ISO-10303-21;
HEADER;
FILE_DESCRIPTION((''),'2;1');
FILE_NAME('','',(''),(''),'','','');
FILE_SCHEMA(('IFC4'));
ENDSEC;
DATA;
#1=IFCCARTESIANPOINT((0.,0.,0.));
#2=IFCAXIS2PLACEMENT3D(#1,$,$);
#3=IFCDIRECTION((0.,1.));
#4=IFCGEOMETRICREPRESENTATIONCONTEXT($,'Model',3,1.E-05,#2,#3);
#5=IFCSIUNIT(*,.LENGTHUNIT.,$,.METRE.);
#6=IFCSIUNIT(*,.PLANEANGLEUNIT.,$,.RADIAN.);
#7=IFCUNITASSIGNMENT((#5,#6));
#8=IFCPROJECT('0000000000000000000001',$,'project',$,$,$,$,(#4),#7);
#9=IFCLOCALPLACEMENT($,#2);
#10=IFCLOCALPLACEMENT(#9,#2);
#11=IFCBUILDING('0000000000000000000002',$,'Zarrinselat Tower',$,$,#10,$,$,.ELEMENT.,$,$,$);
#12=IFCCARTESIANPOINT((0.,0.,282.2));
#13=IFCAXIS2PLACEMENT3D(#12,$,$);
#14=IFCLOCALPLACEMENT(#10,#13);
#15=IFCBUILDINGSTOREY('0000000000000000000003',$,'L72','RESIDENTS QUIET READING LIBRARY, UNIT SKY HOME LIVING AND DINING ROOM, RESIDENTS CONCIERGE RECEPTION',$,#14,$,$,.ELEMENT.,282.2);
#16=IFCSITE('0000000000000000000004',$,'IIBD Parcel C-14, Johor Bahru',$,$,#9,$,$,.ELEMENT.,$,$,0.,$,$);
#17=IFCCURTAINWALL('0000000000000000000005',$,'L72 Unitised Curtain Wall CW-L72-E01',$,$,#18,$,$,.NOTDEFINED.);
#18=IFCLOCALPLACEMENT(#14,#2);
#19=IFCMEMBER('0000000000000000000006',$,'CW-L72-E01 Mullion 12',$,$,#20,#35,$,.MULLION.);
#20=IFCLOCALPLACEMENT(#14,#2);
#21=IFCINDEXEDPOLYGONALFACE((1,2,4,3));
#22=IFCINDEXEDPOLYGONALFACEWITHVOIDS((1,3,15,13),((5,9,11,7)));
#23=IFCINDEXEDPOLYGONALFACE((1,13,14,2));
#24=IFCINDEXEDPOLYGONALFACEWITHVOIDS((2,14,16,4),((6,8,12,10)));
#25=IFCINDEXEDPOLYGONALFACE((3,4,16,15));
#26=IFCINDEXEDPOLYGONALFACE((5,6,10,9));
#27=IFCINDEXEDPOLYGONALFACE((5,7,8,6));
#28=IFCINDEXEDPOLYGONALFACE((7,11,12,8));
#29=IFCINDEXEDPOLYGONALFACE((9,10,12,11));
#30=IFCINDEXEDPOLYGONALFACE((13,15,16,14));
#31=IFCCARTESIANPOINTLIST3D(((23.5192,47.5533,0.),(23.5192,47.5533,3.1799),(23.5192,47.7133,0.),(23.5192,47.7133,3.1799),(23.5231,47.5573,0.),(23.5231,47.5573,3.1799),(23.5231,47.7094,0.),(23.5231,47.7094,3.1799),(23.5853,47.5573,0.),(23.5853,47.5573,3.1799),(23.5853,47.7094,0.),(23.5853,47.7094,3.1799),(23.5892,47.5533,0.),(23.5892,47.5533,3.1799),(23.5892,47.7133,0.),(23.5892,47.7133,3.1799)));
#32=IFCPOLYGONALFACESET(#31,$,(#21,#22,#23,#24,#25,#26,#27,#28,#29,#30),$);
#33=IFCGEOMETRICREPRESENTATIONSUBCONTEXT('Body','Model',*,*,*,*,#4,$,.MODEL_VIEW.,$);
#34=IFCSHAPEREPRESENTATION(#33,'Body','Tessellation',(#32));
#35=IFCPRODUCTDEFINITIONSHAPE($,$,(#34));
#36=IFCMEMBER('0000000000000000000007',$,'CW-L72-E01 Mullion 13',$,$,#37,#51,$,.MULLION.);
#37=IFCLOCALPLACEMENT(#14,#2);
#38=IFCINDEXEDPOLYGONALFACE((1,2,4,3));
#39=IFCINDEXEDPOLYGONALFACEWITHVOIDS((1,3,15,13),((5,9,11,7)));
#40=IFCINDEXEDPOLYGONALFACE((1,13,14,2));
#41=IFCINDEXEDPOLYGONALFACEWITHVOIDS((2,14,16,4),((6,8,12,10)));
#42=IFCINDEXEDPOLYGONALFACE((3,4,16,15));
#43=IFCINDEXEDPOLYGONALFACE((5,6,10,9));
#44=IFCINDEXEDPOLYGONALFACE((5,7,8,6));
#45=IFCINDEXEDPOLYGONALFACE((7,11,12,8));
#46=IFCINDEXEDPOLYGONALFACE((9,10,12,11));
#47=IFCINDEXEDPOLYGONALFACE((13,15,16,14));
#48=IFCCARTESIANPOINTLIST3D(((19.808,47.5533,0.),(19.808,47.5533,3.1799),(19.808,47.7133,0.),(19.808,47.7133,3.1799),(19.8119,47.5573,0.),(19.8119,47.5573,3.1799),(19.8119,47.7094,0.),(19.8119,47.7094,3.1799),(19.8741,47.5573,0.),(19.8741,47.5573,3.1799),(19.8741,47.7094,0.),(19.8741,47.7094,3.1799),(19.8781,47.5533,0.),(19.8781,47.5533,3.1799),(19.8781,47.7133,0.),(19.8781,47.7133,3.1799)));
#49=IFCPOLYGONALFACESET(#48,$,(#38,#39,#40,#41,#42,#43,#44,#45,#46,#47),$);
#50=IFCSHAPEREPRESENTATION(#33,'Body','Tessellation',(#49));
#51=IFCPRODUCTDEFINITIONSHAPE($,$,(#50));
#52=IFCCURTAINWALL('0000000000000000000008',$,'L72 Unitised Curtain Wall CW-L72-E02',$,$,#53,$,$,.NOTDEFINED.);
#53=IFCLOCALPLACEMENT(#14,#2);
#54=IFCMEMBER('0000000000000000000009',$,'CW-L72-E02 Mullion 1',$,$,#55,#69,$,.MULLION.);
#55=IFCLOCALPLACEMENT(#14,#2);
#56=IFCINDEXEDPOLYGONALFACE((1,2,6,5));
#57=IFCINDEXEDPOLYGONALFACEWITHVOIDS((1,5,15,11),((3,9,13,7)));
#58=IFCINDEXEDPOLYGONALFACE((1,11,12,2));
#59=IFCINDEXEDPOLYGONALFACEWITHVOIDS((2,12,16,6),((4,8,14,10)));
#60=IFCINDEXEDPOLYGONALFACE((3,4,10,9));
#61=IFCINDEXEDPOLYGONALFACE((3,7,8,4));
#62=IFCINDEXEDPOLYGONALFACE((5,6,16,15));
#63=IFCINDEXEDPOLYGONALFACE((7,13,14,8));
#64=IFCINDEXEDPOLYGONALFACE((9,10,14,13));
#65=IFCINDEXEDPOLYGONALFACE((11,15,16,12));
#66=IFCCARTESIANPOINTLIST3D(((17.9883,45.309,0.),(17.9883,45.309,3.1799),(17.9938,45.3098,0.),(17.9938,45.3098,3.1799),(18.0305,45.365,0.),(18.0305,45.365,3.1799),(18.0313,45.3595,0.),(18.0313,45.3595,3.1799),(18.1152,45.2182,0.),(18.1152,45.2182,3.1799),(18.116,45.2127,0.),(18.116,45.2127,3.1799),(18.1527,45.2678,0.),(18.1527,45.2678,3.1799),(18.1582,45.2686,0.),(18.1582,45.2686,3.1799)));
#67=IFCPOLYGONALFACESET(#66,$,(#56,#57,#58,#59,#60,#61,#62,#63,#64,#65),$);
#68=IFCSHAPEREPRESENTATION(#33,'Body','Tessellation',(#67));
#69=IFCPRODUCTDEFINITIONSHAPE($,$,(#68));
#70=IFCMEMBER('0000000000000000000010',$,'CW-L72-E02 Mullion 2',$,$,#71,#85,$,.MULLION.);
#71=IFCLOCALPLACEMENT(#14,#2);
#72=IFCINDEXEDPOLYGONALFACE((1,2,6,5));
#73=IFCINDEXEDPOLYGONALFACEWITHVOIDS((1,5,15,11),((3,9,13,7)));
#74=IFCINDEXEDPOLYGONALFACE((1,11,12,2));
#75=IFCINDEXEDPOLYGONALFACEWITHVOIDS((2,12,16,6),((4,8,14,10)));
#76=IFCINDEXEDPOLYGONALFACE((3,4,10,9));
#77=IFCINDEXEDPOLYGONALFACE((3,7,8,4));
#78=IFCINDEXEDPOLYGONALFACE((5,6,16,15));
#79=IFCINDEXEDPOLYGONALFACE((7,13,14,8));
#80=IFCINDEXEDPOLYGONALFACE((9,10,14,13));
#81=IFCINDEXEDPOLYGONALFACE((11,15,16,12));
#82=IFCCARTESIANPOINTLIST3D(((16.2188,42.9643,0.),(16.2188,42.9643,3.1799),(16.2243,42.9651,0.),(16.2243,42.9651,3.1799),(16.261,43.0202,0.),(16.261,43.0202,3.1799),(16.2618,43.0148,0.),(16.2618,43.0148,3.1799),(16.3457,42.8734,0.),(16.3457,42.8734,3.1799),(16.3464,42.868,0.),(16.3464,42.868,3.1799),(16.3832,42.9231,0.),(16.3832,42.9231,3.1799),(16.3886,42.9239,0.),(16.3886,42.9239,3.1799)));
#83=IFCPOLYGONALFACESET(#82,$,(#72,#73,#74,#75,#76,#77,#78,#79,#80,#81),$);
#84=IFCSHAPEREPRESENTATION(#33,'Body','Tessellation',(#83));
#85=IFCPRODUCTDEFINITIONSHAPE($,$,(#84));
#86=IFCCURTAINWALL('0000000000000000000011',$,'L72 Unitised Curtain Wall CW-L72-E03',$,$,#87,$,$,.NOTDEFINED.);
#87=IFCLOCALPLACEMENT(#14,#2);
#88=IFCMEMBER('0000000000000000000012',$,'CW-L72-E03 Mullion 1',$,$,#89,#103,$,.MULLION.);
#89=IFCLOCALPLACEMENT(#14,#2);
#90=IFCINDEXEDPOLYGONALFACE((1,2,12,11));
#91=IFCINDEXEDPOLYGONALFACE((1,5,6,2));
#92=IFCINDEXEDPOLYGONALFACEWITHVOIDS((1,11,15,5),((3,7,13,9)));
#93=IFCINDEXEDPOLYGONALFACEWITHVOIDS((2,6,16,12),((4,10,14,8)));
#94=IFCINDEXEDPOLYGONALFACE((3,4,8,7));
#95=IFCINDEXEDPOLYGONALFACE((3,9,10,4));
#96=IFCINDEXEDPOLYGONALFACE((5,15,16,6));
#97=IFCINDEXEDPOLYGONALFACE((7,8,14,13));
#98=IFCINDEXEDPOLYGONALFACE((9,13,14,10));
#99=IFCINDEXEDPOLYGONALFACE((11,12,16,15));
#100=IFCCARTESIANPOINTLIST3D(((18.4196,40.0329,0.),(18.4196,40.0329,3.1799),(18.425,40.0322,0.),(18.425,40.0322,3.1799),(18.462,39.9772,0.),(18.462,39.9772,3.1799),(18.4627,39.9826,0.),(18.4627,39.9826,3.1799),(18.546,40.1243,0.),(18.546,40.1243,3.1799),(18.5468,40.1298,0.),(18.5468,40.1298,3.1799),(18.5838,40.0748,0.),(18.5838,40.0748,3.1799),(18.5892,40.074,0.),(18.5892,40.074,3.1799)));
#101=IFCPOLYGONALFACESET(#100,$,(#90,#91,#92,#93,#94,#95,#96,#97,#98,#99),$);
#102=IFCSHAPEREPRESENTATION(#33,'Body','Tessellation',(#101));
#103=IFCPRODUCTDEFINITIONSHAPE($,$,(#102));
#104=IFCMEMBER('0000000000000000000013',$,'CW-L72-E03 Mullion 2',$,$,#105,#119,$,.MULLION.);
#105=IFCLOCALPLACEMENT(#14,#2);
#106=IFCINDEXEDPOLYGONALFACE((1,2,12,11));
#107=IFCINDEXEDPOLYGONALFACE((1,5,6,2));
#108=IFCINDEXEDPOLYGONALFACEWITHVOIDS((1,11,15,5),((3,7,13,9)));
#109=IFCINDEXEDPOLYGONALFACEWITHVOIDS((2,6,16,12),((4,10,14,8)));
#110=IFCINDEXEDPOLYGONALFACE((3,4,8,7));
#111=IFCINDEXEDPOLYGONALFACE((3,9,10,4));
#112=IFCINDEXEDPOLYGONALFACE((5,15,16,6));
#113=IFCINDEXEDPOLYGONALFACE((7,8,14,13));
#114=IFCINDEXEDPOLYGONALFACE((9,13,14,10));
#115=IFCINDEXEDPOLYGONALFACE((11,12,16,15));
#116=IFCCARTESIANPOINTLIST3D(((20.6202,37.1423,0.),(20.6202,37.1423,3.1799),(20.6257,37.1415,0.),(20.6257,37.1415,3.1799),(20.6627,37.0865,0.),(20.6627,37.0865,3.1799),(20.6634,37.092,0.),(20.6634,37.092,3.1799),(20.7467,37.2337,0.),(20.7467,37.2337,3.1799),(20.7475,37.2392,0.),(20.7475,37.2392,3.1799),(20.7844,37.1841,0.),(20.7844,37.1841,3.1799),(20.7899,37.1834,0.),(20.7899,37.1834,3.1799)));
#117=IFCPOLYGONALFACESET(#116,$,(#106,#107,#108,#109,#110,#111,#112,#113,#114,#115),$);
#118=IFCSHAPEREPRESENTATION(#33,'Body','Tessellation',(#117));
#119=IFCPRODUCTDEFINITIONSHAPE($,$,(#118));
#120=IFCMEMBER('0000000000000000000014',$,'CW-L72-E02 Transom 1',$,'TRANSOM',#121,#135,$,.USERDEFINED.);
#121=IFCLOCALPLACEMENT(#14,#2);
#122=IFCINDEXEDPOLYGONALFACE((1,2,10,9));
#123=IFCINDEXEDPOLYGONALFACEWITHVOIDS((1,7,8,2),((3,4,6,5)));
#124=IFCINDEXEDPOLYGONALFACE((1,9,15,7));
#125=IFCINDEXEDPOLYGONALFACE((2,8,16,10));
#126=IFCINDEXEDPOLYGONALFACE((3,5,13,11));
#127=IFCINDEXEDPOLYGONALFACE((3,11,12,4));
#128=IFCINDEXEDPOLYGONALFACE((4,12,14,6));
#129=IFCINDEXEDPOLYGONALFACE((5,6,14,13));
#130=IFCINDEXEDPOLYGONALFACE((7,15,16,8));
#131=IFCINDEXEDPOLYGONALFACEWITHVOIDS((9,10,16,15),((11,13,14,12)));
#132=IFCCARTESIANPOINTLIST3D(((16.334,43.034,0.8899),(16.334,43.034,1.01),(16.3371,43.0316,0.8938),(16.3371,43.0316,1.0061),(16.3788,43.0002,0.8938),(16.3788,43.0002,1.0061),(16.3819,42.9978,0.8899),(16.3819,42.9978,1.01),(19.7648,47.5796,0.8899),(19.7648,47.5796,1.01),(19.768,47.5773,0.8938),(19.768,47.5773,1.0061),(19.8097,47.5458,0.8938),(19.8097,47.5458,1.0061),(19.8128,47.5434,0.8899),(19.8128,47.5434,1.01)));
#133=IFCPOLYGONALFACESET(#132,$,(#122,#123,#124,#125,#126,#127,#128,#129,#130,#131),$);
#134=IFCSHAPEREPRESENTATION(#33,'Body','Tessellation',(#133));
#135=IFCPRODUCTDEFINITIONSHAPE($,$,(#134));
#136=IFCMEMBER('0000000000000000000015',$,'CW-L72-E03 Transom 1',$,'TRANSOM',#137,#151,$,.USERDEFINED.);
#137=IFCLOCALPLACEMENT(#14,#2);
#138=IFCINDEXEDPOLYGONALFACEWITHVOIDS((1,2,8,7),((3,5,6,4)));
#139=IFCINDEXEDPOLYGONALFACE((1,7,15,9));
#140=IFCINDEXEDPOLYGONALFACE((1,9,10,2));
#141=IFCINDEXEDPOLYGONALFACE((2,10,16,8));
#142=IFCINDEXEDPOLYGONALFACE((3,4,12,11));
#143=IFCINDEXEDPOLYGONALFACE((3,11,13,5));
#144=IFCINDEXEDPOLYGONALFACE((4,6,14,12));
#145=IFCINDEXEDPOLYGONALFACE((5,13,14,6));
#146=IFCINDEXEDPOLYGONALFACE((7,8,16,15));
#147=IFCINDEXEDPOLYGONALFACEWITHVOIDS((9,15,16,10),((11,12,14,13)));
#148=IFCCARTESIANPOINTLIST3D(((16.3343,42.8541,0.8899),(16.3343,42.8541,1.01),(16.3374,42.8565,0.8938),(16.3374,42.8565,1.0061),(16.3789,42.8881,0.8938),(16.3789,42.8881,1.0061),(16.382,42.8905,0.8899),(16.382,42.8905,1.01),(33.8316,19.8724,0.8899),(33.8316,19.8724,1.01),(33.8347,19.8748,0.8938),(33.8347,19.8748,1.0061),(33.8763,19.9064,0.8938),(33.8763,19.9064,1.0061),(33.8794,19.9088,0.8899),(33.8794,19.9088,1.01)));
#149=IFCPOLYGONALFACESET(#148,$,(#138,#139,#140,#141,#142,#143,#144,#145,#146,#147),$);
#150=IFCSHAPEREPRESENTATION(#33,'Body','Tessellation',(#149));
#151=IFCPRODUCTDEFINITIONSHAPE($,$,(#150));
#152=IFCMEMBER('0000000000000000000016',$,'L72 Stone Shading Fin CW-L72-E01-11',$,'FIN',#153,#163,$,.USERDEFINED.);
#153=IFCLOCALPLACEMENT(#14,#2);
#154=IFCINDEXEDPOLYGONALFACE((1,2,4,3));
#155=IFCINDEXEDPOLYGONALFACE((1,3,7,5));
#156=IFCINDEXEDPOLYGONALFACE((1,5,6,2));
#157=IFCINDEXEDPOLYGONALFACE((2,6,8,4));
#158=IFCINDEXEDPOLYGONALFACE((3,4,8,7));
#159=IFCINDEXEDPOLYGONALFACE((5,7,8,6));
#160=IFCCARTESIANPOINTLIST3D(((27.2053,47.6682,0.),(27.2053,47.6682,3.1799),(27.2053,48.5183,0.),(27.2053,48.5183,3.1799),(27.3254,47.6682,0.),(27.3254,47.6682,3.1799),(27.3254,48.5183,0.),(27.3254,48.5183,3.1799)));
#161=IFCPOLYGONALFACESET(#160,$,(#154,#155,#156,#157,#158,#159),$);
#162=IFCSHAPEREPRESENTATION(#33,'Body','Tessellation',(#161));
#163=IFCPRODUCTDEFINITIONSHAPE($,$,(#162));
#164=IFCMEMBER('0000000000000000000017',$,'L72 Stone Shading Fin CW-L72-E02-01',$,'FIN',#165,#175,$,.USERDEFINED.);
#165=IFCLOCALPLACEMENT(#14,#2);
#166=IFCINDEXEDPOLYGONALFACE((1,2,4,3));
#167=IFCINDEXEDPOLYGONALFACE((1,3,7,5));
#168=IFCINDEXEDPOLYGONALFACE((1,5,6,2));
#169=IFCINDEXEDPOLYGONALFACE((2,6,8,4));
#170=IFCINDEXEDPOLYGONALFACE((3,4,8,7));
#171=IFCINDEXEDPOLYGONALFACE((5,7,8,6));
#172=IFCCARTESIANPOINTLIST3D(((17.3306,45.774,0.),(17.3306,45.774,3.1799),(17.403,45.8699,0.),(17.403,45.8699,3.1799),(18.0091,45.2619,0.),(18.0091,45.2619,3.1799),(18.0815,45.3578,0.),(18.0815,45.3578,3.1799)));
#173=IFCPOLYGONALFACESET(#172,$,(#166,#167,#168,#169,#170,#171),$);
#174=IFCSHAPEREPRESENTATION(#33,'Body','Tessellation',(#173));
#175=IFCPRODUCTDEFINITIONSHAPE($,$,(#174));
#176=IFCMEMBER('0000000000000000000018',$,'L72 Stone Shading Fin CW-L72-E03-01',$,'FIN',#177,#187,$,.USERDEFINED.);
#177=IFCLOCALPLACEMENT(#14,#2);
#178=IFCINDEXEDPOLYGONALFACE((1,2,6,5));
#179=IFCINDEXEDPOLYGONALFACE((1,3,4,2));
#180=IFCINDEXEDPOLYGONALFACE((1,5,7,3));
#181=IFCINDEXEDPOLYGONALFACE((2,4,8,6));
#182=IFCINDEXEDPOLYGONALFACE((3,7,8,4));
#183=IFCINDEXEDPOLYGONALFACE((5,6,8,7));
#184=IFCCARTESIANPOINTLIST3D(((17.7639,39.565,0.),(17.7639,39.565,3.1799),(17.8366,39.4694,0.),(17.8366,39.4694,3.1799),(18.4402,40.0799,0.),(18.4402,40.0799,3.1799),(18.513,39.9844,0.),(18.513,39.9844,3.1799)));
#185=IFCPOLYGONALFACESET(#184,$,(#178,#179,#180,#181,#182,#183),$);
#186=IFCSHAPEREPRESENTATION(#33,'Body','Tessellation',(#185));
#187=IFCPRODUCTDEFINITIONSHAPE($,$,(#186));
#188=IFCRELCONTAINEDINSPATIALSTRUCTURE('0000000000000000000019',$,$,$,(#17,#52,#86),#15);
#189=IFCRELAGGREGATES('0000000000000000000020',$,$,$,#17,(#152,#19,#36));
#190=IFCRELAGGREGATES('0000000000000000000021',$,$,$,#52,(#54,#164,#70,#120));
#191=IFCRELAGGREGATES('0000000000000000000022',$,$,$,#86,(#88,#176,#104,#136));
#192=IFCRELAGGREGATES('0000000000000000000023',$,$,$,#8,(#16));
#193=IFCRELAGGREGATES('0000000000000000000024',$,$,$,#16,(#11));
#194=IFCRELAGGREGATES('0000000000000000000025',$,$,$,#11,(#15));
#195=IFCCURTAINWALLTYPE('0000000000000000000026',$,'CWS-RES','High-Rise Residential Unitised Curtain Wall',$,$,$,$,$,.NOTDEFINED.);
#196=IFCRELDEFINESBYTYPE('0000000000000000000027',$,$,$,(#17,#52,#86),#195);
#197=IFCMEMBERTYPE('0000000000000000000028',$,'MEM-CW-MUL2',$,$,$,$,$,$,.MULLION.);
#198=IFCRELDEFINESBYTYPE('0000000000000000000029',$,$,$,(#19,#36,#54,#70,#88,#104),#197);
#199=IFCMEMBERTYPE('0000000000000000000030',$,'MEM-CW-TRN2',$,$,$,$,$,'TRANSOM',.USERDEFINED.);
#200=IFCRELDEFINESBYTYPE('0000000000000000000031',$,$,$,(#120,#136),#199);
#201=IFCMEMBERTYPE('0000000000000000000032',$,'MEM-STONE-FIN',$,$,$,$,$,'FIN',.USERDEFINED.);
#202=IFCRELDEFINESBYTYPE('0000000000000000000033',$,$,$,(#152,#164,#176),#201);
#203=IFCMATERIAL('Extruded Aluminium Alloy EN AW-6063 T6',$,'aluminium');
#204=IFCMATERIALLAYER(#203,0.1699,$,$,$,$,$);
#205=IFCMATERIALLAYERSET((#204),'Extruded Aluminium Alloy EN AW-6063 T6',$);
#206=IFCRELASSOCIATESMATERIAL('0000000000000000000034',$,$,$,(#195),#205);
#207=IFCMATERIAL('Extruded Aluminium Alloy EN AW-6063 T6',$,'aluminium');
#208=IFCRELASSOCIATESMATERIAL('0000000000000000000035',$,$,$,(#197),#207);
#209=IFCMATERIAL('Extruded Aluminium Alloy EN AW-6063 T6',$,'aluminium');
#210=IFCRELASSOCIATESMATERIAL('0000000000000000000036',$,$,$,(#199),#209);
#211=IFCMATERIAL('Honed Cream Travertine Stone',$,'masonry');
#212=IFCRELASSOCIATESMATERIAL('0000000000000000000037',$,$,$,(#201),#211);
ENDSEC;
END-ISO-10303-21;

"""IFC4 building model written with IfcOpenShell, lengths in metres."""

from ifc_helpers import new_model, si_unit, direction, frame, origin, origin_2d, place, context, subcontext, project, spatial, rectangle, hollow_rectangle, extrude, material, layer, layer_set, material_profile, profile_set, type_object, element, aggregate, save


model = new_model("IFC4")

# Units and contexts
model_context = context("Model", 3, precision=1e-05, world=origin(), true_north=direction((0.0, 1.0)))
body_context = subcontext(model_context, "Body", "Model", "MODEL_VIEW")
ifc_project = project(units=[si_unit("LENGTHUNIT", "METRE"), si_unit("PLANEANGLEUNIT", "RADIAN")], contexts=[model_context])

# Site, building, storey
site_placement = place(None, origin())
site = spatial("IfcSite", under=ifc_project, at=site_placement, Name="IIBD Parcel C-14, Johor Bahru", CompositionType="ELEMENT", RefElevation=0.0)
building_placement = place(site_placement, origin())
building = spatial("IfcBuilding", under=site, at=building_placement, Name="Zarrinselat Tower", CompositionType="ELEMENT")
storey_placement = place(building_placement, frame((0.0, 0.0, 282.2)))
storey = spatial("IfcBuildingStorey", under=building, at=storey_placement, Name="L72", Description="RESIDENTS QUIET READING LIBRARY, UNIT SKY HOME LIVING AND DINING ROOM, RESIDENTS CONCIERGE RECEPTION", CompositionType="ELEMENT", Elevation=282.2)

# Curtain walls, members
ifc_material_1 = material(Name="Extruded Aluminium Alloy EN AW-6063 T6", Category="aluminium")
ifc_layer_1 = layer(ifc_material_1, 0.1699)
ifc_layer_set_1 = layer_set([ifc_layer_1], Name="Extruded Aluminium Alloy EN AW-6063 T6")
curtain_wall_type = type_object("IfcCurtainWallType", Name="CWS-RES", Description="High-Rise Residential Unitised Curtain Wall", PredefinedType="NOTDEFINED", material=ifc_layer_set_1)
curtain_wall_1_placement = place(storey_placement, origin())
curtain_wall_1 = element("IfcCurtainWall", 1, at=curtain_wall_1_placement, inside=storey, type_object=curtain_wall_type, Name="L72 Unitised Curtain Wall CW-L72-E01", PredefinedType="NOTDEFINED")
ifc_material_2 = material(Name="Extruded Aluminium Alloy EN AW-6063 T6", Category="aluminium")
ifc_material_profile_1 = material_profile(ifc_material_2, hollow_rectangle(XDim=0.0701, YDim=0.1599, WallThickness=0.0039, at=origin_2d()), Name="RHS 160x70x4")
ifc_profile_set_1 = profile_set([ifc_material_profile_1], Name="Extruded Aluminium Alloy EN AW-6063 T6")
member_type_1 = type_object("IfcMemberType", Name="MEM-CW-MUL2", PredefinedType="MULLION", material=ifc_profile_set_1)
member_1_placement = place(storey_placement, frame((23.5542, 47.6333, 0.0), z_axis=(0.0, 0.0, 1.0), x_axis=(-1.0, 0.0, 0.0)))
member_1 = element("IfcMember", 2, at=member_1_placement, type_object=member_type_1, Name="CW-L72-E01 Mullion 12", PredefinedType="MULLION", context=body_context, shape_type="SweptSolid", body=[
    extrude(hollow_rectangle(XDim=0.0701, YDim=0.1599, WallThickness=0.0039, at=origin_2d()), origin(), (0.0, 0.0, 1.0), 3.1799),
])
member_2_placement = place(storey_placement, frame((19.843, 47.6333, 0.0), z_axis=(0.0, 0.0, 1.0), x_axis=(-1.0, 0.0, 0.0)))
member_2 = element("IfcMember", 3, at=member_2_placement, type_object=member_type_1, Name="CW-L72-E01 Mullion 13", PredefinedType="MULLION", context=body_context, shape_type="SweptSolid", body=[
    extrude(hollow_rectangle(XDim=0.0701, YDim=0.1599, WallThickness=0.0039, at=origin_2d()), origin(), (0.0, 0.0, 1.0), 3.1799),
])
curtain_wall_2_placement = place(storey_placement, origin())
curtain_wall_2 = element("IfcCurtainWall", 4, at=curtain_wall_2_placement, inside=storey, type_object=curtain_wall_type, Name="L72 Unitised Curtain Wall CW-L72-E02", PredefinedType="NOTDEFINED")
member_3_placement = place(storey_placement, frame((18.0732, 45.2888, 0.0), z_axis=(0.0, 0.0, 1.0), x_axis=(-0.60244, -0.798164, 0.0)))
member_3 = element("IfcMember", 5, at=member_3_placement, type_object=member_type_1, Name="CW-L72-E02 Mullion 1", PredefinedType="MULLION", context=body_context, shape_type="SweptSolid", body=[
    extrude(hollow_rectangle(XDim=0.0701, YDim=0.1599, WallThickness=0.0039, at=origin_2d()), origin(), (0.0, 0.0, 1.0), 3.1799),
])
member_4_placement = place(storey_placement, frame((16.3037, 42.9441, 0.0), z_axis=(0.0, 0.0, 1.0), x_axis=(-0.60244, -0.798164, 0.0)))
member_4 = element("IfcMember", 6, at=member_4_placement, type_object=member_type_1, Name="CW-L72-E02 Mullion 2", PredefinedType="MULLION", context=body_context, shape_type="SweptSolid", body=[
    extrude(hollow_rectangle(XDim=0.0701, YDim=0.1599, WallThickness=0.0039, at=origin_2d()), origin(), (0.0, 0.0, 1.0), 3.1799),
])
curtain_wall_3_placement = place(storey_placement, origin())
curtain_wall_3 = element("IfcCurtainWall", 7, at=curtain_wall_3_placement, inside=storey, type_object=curtain_wall_type, Name="L72 Unitised Curtain Wall CW-L72-E03", PredefinedType="NOTDEFINED")
member_5_placement = place(storey_placement, frame((18.5044, 40.0535, 0.0), z_axis=(0.0, 0.0, 1.0), x_axis=(0.605767, -0.795642, 0.0)))
member_5 = element("IfcMember", 8, at=member_5_placement, type_object=member_type_1, Name="CW-L72-E03 Mullion 1", PredefinedType="MULLION", context=body_context, shape_type="SweptSolid", body=[
    extrude(hollow_rectangle(XDim=0.0701, YDim=0.1599, WallThickness=0.0039, at=origin_2d()), origin(), (0.0, 0.0, 1.0), 3.1799),
])
member_6_placement = place(storey_placement, frame((20.7051, 37.1628, 0.0), z_axis=(0.0, 0.0, 1.0), x_axis=(0.605767, -0.795642, 0.0)))
member_6 = element("IfcMember", 9, at=member_6_placement, type_object=member_type_1, Name="CW-L72-E03 Mullion 2", PredefinedType="MULLION", context=body_context, shape_type="SweptSolid", body=[
    extrude(hollow_rectangle(XDim=0.0701, YDim=0.1599, WallThickness=0.0039, at=origin_2d()), origin(), (0.0, 0.0, 1.0), 3.1799),
])

# Members
ifc_material_3 = material(Name="Extruded Aluminium Alloy EN AW-6063 T6", Category="aluminium")
ifc_material_profile_2 = material_profile(ifc_material_3, hollow_rectangle(XDim=0.0601, YDim=0.1201, WallThickness=0.0039, at=origin_2d()), Name="RHS 120x60x4")
ifc_profile_set_2 = profile_set([ifc_material_profile_2], Name="Extruded Aluminium Alloy EN AW-6063 T6")
member_type_2 = type_object("IfcMemberType", Name="MEM-CW-TRN2", ElementType="TRANSOM", PredefinedType="USERDEFINED", material=ifc_profile_set_2)
member_7_placement = place(storey_placement, frame((19.7888, 47.5615, 0.95), z_axis=(-0.602432, -0.79817, 0.0), x_axis=(0.79817, -0.602432, 0.0)))
member_7 = element("IfcMember", 10, at=member_7_placement, type_object=member_type_2, Name="CW-L72-E02 Transom 1", ObjectType="TRANSOM", PredefinedType="USERDEFINED", context=body_context, shape_type="SweptSolid", body=[
    extrude(hollow_rectangle(XDim=0.0601, YDim=0.1201, WallThickness=0.0039, at=origin_2d()), origin(), (0.0, 0.0, 1.0), 5.6951),
])
member_8_placement = place(storey_placement, frame((16.3582, 42.8723, 0.95), z_axis=(0.605768, -0.795641, 0.0), x_axis=(0.795641, 0.605768, 0.0)))
member_8 = element("IfcMember", 11, at=member_8_placement, type_object=member_type_2, Name="CW-L72-E03 Transom 1", ObjectType="TRANSOM", PredefinedType="USERDEFINED", context=body_context, shape_type="SweptSolid", body=[
    extrude(hollow_rectangle(XDim=0.0601, YDim=0.1201, WallThickness=0.0039, at=origin_2d()), origin(), (0.0, 0.0, 1.0), 28.8845),
])
ifc_material_4 = material(Name="Honed Cream Travertine Stone", Category="masonry")
ifc_material_profile_3 = material_profile(ifc_material_4, rectangle(XDim=0.1201, YDim=0.8501, at=origin_2d()), Name="FIN 850x120")
ifc_profile_set_3 = profile_set([ifc_material_profile_3], Name="Honed Cream Travertine Stone")
member_type_3 = type_object("IfcMemberType", Name="MEM-STONE-FIN", ElementType="FIN", PredefinedType="USERDEFINED", material=ifc_profile_set_3)
member_9_placement = place(storey_placement, frame((27.2654, 48.0933, 0.0), z_axis=(0.0, 0.0, 1.0), x_axis=(1.0, 0.0, 0.0)))
member_9 = element("IfcMember", 12, at=member_9_placement, type_object=member_type_3, Name="L72 Stone Shading Fin CW-L72-E01-11", ObjectType="FIN", PredefinedType="USERDEFINED", context=body_context, shape_type="SweptSolid", body=[
    extrude(rectangle(XDim=0.1201, YDim=0.8501, at=origin_2d()), origin(), (0.0, 0.0, 1.0), 3.1799),
])
member_10_placement = place(storey_placement, frame((17.7061, 45.5659, 0.0), z_axis=(0.0, 0.0, 1.0), x_axis=(0.60244, 0.798164, 0.0)))
member_10 = element("IfcMember", 13, at=member_10_placement, type_object=member_type_3, Name="L72 Stone Shading Fin CW-L72-E02-01", ObjectType="FIN", PredefinedType="USERDEFINED", context=body_context, shape_type="SweptSolid", body=[
    extrude(rectangle(XDim=0.1201, YDim=0.8501, at=origin_2d()), origin(), (0.0, 0.0, 1.0), 3.1799),
])
member_11_placement = place(storey_placement, frame((18.1384, 39.7747, 0.0), z_axis=(0.0, 0.0, 1.0), x_axis=(-0.605767, 0.795642, 0.0)))
member_11 = element("IfcMember", 14, at=member_11_placement, type_object=member_type_3, Name="L72 Stone Shading Fin CW-L72-E03-01", ObjectType="FIN", PredefinedType="USERDEFINED", context=body_context, shape_type="SweptSolid", body=[
    extrude(rectangle(XDim=0.1201, YDim=0.8501, at=origin_2d()), origin(), (0.0, 0.0, 1.0), 3.1799),
])

aggregate(curtain_wall_1, [member_9, member_1, member_2])
aggregate(curtain_wall_2, [member_3, member_10, member_4, member_7])
aggregate(curtain_wall_3, [member_5, member_11, member_6, member_8])

save(model, "model.ifc")
